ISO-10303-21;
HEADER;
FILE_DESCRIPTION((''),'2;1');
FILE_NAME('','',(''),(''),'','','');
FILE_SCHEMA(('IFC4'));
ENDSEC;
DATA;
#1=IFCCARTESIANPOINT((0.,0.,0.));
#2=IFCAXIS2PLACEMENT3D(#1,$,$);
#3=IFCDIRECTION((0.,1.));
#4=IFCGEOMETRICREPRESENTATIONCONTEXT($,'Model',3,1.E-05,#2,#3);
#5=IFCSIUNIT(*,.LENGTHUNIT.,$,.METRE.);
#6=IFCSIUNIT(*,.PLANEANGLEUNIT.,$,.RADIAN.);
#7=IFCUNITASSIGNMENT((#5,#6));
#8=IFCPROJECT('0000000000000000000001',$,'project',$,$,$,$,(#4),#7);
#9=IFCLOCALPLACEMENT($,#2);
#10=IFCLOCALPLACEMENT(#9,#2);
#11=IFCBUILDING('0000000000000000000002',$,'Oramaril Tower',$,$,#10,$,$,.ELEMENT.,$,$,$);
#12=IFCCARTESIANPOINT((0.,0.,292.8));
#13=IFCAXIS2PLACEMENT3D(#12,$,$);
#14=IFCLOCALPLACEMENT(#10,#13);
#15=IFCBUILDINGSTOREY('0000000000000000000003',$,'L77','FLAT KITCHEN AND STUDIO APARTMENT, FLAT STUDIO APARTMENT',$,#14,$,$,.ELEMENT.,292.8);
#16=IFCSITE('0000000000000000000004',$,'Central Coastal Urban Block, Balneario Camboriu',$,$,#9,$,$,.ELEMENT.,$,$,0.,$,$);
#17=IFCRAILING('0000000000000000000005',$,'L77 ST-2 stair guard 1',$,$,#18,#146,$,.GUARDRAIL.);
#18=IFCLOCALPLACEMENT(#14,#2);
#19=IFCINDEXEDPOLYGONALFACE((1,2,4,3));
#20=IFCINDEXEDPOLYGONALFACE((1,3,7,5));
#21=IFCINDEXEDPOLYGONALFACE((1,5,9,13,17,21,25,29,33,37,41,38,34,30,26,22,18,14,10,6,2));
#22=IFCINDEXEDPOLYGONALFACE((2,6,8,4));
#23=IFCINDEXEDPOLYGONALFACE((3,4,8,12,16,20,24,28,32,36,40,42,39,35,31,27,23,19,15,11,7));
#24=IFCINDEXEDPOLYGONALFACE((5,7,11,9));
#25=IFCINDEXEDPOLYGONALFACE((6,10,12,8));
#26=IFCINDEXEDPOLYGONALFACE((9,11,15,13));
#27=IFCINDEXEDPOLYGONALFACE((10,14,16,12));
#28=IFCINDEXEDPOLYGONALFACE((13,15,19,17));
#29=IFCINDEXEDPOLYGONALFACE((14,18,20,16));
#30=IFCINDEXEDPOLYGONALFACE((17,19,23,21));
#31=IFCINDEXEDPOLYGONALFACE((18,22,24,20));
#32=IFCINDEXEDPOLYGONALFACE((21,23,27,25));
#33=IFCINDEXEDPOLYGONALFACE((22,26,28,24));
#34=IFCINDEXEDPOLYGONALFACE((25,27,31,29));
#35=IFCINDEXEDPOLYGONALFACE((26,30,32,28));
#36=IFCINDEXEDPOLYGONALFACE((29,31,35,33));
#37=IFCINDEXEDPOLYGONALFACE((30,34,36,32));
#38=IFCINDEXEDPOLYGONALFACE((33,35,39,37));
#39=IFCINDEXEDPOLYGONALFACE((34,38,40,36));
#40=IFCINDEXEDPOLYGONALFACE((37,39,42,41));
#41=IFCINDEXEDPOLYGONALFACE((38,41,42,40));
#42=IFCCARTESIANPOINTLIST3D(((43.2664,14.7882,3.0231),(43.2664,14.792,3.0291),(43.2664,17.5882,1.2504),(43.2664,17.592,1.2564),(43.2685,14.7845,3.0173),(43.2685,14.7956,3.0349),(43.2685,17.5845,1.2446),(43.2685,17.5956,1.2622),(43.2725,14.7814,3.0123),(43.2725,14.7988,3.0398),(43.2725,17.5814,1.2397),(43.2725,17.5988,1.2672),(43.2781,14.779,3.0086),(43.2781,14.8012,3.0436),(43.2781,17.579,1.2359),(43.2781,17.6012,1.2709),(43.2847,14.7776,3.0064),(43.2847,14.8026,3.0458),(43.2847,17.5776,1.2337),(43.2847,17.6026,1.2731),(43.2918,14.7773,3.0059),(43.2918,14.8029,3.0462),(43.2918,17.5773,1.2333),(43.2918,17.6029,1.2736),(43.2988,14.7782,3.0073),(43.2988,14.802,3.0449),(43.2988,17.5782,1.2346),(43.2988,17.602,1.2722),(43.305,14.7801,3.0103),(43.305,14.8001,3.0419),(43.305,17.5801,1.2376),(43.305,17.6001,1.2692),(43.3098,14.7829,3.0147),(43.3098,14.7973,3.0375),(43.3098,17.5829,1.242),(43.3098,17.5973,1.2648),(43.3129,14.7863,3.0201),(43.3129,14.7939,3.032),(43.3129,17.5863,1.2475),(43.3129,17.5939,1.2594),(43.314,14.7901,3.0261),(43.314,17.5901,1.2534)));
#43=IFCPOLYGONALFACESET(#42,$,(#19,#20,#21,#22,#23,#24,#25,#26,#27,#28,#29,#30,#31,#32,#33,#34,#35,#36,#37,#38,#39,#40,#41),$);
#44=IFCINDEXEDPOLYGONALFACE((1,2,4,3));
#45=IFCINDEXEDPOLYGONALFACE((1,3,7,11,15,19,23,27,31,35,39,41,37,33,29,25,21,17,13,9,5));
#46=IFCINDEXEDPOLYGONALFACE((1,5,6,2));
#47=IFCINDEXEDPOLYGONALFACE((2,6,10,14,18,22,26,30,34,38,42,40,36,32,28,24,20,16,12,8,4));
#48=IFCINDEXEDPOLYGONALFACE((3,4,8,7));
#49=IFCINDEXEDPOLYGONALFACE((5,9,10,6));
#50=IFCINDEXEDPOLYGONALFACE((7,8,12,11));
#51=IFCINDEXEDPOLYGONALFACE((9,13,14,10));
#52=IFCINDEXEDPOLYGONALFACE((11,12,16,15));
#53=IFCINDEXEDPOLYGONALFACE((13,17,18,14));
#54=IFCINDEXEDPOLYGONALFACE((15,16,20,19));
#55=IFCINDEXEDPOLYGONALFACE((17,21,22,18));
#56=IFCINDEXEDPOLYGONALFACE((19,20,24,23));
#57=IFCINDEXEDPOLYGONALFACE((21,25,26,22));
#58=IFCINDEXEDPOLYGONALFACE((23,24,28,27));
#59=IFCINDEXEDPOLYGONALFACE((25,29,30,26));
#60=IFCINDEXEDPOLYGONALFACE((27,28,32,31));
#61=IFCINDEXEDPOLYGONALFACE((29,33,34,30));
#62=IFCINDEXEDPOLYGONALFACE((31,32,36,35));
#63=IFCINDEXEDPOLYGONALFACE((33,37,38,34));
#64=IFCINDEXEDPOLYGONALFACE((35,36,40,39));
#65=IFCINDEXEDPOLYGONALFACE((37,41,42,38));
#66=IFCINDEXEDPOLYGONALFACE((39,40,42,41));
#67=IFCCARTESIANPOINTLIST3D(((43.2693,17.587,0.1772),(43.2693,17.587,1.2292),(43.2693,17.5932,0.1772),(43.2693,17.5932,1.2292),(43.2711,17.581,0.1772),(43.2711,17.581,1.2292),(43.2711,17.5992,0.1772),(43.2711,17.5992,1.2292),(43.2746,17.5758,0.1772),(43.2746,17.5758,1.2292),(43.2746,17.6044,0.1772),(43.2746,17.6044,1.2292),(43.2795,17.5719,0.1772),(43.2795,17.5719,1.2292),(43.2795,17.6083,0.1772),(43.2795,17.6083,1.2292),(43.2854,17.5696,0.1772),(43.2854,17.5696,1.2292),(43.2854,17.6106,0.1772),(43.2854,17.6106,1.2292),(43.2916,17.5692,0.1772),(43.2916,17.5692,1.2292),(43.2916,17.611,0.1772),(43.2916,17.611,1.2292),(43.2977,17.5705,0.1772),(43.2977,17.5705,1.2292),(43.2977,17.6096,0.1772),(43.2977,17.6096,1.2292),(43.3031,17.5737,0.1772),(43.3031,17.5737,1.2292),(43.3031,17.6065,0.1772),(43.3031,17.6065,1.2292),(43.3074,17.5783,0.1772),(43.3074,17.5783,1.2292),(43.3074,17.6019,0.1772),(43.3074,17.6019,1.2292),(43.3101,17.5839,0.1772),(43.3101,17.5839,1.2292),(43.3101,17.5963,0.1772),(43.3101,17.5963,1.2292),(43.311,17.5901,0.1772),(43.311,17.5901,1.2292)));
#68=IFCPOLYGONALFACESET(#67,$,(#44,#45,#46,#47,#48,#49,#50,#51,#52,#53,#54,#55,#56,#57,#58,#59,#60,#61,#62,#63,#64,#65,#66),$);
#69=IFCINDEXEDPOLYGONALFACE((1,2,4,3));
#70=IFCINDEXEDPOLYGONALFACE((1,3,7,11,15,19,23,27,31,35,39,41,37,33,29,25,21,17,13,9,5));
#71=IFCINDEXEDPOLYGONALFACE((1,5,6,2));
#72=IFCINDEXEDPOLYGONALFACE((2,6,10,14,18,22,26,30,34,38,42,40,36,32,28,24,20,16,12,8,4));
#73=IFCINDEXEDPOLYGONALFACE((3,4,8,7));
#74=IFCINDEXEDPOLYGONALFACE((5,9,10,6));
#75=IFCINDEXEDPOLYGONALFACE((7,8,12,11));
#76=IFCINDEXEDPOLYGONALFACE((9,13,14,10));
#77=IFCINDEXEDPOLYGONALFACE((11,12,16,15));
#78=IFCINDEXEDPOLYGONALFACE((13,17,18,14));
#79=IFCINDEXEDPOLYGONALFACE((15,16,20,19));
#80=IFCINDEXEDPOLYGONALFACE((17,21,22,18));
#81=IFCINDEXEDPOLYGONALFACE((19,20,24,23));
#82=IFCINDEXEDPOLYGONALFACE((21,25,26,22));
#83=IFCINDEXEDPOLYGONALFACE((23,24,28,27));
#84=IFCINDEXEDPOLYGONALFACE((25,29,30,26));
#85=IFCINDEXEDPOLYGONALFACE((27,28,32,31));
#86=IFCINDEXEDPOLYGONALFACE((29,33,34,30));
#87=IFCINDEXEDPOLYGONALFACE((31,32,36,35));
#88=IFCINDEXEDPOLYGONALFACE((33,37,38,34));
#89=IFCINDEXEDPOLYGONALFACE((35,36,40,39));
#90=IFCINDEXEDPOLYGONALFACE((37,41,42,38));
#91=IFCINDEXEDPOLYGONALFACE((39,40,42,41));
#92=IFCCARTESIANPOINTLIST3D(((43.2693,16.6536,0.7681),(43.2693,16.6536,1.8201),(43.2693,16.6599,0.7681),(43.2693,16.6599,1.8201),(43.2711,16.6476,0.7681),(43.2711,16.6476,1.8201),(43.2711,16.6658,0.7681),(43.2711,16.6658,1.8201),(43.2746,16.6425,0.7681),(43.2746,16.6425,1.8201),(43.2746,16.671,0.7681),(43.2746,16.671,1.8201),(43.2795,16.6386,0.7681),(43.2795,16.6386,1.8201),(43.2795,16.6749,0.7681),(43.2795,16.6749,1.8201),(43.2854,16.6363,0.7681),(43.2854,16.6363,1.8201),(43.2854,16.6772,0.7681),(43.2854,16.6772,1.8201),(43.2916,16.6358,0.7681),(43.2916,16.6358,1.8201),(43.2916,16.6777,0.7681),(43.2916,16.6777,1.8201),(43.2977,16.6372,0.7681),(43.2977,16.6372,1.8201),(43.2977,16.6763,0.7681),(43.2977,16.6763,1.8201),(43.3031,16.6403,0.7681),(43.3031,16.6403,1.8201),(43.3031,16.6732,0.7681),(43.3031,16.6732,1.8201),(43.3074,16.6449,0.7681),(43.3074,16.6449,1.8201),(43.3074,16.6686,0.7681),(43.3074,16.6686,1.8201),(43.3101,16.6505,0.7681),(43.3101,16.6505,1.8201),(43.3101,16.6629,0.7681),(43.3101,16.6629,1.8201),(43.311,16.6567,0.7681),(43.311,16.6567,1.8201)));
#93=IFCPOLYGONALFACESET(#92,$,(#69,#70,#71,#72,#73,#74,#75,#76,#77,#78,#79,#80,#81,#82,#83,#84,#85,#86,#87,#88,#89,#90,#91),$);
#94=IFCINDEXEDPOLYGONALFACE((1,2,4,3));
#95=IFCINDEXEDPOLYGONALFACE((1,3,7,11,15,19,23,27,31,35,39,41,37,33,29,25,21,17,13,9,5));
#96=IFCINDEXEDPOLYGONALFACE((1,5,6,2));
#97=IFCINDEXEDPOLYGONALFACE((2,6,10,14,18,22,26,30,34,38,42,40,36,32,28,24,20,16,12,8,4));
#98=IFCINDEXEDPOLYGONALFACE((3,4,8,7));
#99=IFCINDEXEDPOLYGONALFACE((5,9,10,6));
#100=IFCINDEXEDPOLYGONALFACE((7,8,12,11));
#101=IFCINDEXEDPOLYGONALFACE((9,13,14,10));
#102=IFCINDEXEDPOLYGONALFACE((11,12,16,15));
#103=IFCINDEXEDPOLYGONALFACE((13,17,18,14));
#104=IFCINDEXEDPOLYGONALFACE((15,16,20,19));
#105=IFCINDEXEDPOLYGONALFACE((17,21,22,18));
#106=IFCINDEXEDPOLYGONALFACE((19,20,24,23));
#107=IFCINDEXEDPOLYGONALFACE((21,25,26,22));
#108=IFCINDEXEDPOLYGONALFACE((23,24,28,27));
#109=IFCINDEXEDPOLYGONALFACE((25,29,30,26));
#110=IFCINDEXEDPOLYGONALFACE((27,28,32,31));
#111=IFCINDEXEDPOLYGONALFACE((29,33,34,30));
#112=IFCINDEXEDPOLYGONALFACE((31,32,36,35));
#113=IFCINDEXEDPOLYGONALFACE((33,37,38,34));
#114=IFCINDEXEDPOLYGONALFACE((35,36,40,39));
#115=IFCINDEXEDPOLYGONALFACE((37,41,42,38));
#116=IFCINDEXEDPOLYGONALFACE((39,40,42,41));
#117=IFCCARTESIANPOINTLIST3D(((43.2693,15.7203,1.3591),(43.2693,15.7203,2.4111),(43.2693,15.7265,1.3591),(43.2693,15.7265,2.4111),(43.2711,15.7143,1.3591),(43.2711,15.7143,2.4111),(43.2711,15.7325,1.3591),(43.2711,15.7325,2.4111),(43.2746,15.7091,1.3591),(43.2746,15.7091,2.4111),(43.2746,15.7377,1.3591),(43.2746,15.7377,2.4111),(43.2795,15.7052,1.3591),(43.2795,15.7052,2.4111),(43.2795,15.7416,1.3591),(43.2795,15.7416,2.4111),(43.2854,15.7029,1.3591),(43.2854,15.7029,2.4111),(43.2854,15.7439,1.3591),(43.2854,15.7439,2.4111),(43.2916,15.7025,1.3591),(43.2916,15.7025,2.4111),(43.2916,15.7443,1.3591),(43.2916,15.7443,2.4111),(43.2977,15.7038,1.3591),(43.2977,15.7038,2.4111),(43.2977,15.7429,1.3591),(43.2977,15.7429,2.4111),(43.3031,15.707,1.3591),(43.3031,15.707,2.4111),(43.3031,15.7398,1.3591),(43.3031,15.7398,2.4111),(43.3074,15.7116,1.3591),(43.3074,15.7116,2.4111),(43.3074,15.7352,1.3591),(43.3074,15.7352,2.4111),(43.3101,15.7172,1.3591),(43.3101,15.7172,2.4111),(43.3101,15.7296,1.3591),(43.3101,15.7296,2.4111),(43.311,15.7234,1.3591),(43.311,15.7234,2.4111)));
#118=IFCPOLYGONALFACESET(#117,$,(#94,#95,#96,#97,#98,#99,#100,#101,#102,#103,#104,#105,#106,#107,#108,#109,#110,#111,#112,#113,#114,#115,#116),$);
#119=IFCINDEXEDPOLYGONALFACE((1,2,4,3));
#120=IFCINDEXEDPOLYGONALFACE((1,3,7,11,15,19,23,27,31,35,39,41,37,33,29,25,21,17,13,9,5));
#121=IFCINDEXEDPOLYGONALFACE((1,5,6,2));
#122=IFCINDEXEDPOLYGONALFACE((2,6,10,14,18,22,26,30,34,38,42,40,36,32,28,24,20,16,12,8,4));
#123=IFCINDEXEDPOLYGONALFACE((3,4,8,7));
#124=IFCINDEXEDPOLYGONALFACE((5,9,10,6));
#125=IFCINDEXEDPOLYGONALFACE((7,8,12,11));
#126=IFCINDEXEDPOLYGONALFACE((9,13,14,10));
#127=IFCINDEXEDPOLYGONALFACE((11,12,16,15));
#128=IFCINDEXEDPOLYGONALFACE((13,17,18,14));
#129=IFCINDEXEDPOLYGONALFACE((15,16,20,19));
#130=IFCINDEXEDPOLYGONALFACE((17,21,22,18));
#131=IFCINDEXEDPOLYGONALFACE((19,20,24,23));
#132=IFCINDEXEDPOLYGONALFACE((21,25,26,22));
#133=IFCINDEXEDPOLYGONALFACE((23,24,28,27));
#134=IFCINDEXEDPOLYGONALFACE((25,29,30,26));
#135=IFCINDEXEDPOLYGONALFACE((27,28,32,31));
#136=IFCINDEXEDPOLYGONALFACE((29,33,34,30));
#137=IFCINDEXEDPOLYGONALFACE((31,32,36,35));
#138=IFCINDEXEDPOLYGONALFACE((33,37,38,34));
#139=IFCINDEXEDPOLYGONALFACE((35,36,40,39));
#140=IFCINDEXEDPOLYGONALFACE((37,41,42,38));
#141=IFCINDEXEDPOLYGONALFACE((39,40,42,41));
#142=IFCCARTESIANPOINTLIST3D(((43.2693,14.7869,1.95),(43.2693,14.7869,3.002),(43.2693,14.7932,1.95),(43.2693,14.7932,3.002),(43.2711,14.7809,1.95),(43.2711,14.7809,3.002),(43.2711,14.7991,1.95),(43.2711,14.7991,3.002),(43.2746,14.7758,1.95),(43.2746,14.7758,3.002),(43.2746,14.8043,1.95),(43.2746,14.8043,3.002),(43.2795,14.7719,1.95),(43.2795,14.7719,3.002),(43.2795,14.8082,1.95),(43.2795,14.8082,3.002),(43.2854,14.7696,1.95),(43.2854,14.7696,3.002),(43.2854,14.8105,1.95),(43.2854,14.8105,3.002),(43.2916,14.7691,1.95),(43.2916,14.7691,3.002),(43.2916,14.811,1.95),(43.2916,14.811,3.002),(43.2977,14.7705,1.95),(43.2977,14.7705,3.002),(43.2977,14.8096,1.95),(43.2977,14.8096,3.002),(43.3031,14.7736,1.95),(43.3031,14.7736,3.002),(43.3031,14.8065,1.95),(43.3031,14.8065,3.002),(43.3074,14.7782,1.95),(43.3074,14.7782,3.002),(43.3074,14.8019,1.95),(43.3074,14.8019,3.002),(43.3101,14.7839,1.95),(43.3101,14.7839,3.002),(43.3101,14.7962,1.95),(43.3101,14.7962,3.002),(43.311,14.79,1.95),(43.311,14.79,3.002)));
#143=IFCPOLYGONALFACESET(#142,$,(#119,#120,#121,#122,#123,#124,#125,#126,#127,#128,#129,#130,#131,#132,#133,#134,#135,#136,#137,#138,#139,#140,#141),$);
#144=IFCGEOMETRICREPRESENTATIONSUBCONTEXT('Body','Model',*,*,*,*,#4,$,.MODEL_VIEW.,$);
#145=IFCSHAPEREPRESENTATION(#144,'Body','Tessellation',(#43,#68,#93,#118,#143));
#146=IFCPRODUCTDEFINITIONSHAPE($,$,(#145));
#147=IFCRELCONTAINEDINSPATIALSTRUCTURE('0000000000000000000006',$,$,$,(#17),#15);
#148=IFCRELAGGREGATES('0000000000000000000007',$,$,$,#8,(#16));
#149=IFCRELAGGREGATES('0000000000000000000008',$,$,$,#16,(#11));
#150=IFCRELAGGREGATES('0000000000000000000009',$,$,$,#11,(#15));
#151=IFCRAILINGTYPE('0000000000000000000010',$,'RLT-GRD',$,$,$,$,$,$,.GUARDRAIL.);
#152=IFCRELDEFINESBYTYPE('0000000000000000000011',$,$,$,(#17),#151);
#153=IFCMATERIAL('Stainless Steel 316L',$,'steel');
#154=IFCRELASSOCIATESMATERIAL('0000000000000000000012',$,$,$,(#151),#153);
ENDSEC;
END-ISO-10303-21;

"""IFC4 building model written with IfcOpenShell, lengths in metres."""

from ifc_helpers import new_model, si_unit, direction, frame, origin, origin_2d, place, context, subcontext, project, spatial, circle, extrude, material, type_object, element, save


model = new_model("IFC4")

# Units and contexts
model_context = context("Model", 3, precision=1e-05, world=origin(), true_north=direction((0.0, 1.0)))
body_context = subcontext(model_context, "Body", "Model", "MODEL_VIEW")
ifc_project = project(units=[si_unit("LENGTHUNIT", "METRE"), si_unit("PLANEANGLEUNIT", "RADIAN")], contexts=[model_context])

# Site, building, storey
site_placement = place(None, origin())
site = spatial("IfcSite", under=ifc_project, at=site_placement, Name="Central Coastal Urban Block, Balneario Camboriu", CompositionType="ELEMENT", RefElevation=0.0)
building_placement = place(site_placement, origin())
building = spatial("IfcBuilding", under=site, at=building_placement, Name="Oramaril Tower", CompositionType="ELEMENT")
storey_placement = place(building_placement, frame((0.0, 0.0, 292.8)))
storey = spatial("IfcBuildingStorey", under=building, at=storey_placement, Name="L77", Description="FLAT KITCHEN AND STUDIO APARTMENT, FLAT STUDIO APARTMENT", CompositionType="ELEMENT", Elevation=292.8)

# Railing
ifc_material_1 = material(Name="Stainless Steel 316L", Category="steel")
railing_type_1 = type_object("IfcRailingType", Name="RLT-GRD", PredefinedType="GUARDRAIL", material=ifc_material_1)
railing_1_placement = place(storey_placement, frame((43.29, 17.5901, 0.1772)))
element("IfcRailing", 1, at=railing_1_placement, inside=storey, type_object=railing_type_1, Name="L77 ST-2 stair guard 1", PredefinedType="GUARDRAIL", context=body_context, shape_type="SweptSolid", body=[
    extrude(circle(Radius=0.0239, at=origin_2d()), frame((0.0, 0.0, 1.0762), z_axis=(0.0, -0.844909, 0.53491), x_axis=(1.0, 0.0, 0.0)), (0.0, 0.0, 1.0), 3.314),
    extrude(circle(Radius=0.021, at=origin_2d()), origin(), (0.0, 0.0, 1.0), 1.052),
    extrude(circle(Radius=0.021, at=origin_2d()), frame((0.0, -0.9333, 0.5908)), (0.0, 0.0, 1.0), 1.052),
    extrude(circle(Radius=0.021, at=origin_2d()), frame((0.0, -1.8667, 1.1819)), (0.0, 0.0, 1.0), 1.052),
    extrude(circle(Radius=0.021, at=origin_2d()), frame((0.0, -2.8, 1.7727)), (0.0, 0.0, 1.0), 1.052),
])

save(model, "model.ifc")
